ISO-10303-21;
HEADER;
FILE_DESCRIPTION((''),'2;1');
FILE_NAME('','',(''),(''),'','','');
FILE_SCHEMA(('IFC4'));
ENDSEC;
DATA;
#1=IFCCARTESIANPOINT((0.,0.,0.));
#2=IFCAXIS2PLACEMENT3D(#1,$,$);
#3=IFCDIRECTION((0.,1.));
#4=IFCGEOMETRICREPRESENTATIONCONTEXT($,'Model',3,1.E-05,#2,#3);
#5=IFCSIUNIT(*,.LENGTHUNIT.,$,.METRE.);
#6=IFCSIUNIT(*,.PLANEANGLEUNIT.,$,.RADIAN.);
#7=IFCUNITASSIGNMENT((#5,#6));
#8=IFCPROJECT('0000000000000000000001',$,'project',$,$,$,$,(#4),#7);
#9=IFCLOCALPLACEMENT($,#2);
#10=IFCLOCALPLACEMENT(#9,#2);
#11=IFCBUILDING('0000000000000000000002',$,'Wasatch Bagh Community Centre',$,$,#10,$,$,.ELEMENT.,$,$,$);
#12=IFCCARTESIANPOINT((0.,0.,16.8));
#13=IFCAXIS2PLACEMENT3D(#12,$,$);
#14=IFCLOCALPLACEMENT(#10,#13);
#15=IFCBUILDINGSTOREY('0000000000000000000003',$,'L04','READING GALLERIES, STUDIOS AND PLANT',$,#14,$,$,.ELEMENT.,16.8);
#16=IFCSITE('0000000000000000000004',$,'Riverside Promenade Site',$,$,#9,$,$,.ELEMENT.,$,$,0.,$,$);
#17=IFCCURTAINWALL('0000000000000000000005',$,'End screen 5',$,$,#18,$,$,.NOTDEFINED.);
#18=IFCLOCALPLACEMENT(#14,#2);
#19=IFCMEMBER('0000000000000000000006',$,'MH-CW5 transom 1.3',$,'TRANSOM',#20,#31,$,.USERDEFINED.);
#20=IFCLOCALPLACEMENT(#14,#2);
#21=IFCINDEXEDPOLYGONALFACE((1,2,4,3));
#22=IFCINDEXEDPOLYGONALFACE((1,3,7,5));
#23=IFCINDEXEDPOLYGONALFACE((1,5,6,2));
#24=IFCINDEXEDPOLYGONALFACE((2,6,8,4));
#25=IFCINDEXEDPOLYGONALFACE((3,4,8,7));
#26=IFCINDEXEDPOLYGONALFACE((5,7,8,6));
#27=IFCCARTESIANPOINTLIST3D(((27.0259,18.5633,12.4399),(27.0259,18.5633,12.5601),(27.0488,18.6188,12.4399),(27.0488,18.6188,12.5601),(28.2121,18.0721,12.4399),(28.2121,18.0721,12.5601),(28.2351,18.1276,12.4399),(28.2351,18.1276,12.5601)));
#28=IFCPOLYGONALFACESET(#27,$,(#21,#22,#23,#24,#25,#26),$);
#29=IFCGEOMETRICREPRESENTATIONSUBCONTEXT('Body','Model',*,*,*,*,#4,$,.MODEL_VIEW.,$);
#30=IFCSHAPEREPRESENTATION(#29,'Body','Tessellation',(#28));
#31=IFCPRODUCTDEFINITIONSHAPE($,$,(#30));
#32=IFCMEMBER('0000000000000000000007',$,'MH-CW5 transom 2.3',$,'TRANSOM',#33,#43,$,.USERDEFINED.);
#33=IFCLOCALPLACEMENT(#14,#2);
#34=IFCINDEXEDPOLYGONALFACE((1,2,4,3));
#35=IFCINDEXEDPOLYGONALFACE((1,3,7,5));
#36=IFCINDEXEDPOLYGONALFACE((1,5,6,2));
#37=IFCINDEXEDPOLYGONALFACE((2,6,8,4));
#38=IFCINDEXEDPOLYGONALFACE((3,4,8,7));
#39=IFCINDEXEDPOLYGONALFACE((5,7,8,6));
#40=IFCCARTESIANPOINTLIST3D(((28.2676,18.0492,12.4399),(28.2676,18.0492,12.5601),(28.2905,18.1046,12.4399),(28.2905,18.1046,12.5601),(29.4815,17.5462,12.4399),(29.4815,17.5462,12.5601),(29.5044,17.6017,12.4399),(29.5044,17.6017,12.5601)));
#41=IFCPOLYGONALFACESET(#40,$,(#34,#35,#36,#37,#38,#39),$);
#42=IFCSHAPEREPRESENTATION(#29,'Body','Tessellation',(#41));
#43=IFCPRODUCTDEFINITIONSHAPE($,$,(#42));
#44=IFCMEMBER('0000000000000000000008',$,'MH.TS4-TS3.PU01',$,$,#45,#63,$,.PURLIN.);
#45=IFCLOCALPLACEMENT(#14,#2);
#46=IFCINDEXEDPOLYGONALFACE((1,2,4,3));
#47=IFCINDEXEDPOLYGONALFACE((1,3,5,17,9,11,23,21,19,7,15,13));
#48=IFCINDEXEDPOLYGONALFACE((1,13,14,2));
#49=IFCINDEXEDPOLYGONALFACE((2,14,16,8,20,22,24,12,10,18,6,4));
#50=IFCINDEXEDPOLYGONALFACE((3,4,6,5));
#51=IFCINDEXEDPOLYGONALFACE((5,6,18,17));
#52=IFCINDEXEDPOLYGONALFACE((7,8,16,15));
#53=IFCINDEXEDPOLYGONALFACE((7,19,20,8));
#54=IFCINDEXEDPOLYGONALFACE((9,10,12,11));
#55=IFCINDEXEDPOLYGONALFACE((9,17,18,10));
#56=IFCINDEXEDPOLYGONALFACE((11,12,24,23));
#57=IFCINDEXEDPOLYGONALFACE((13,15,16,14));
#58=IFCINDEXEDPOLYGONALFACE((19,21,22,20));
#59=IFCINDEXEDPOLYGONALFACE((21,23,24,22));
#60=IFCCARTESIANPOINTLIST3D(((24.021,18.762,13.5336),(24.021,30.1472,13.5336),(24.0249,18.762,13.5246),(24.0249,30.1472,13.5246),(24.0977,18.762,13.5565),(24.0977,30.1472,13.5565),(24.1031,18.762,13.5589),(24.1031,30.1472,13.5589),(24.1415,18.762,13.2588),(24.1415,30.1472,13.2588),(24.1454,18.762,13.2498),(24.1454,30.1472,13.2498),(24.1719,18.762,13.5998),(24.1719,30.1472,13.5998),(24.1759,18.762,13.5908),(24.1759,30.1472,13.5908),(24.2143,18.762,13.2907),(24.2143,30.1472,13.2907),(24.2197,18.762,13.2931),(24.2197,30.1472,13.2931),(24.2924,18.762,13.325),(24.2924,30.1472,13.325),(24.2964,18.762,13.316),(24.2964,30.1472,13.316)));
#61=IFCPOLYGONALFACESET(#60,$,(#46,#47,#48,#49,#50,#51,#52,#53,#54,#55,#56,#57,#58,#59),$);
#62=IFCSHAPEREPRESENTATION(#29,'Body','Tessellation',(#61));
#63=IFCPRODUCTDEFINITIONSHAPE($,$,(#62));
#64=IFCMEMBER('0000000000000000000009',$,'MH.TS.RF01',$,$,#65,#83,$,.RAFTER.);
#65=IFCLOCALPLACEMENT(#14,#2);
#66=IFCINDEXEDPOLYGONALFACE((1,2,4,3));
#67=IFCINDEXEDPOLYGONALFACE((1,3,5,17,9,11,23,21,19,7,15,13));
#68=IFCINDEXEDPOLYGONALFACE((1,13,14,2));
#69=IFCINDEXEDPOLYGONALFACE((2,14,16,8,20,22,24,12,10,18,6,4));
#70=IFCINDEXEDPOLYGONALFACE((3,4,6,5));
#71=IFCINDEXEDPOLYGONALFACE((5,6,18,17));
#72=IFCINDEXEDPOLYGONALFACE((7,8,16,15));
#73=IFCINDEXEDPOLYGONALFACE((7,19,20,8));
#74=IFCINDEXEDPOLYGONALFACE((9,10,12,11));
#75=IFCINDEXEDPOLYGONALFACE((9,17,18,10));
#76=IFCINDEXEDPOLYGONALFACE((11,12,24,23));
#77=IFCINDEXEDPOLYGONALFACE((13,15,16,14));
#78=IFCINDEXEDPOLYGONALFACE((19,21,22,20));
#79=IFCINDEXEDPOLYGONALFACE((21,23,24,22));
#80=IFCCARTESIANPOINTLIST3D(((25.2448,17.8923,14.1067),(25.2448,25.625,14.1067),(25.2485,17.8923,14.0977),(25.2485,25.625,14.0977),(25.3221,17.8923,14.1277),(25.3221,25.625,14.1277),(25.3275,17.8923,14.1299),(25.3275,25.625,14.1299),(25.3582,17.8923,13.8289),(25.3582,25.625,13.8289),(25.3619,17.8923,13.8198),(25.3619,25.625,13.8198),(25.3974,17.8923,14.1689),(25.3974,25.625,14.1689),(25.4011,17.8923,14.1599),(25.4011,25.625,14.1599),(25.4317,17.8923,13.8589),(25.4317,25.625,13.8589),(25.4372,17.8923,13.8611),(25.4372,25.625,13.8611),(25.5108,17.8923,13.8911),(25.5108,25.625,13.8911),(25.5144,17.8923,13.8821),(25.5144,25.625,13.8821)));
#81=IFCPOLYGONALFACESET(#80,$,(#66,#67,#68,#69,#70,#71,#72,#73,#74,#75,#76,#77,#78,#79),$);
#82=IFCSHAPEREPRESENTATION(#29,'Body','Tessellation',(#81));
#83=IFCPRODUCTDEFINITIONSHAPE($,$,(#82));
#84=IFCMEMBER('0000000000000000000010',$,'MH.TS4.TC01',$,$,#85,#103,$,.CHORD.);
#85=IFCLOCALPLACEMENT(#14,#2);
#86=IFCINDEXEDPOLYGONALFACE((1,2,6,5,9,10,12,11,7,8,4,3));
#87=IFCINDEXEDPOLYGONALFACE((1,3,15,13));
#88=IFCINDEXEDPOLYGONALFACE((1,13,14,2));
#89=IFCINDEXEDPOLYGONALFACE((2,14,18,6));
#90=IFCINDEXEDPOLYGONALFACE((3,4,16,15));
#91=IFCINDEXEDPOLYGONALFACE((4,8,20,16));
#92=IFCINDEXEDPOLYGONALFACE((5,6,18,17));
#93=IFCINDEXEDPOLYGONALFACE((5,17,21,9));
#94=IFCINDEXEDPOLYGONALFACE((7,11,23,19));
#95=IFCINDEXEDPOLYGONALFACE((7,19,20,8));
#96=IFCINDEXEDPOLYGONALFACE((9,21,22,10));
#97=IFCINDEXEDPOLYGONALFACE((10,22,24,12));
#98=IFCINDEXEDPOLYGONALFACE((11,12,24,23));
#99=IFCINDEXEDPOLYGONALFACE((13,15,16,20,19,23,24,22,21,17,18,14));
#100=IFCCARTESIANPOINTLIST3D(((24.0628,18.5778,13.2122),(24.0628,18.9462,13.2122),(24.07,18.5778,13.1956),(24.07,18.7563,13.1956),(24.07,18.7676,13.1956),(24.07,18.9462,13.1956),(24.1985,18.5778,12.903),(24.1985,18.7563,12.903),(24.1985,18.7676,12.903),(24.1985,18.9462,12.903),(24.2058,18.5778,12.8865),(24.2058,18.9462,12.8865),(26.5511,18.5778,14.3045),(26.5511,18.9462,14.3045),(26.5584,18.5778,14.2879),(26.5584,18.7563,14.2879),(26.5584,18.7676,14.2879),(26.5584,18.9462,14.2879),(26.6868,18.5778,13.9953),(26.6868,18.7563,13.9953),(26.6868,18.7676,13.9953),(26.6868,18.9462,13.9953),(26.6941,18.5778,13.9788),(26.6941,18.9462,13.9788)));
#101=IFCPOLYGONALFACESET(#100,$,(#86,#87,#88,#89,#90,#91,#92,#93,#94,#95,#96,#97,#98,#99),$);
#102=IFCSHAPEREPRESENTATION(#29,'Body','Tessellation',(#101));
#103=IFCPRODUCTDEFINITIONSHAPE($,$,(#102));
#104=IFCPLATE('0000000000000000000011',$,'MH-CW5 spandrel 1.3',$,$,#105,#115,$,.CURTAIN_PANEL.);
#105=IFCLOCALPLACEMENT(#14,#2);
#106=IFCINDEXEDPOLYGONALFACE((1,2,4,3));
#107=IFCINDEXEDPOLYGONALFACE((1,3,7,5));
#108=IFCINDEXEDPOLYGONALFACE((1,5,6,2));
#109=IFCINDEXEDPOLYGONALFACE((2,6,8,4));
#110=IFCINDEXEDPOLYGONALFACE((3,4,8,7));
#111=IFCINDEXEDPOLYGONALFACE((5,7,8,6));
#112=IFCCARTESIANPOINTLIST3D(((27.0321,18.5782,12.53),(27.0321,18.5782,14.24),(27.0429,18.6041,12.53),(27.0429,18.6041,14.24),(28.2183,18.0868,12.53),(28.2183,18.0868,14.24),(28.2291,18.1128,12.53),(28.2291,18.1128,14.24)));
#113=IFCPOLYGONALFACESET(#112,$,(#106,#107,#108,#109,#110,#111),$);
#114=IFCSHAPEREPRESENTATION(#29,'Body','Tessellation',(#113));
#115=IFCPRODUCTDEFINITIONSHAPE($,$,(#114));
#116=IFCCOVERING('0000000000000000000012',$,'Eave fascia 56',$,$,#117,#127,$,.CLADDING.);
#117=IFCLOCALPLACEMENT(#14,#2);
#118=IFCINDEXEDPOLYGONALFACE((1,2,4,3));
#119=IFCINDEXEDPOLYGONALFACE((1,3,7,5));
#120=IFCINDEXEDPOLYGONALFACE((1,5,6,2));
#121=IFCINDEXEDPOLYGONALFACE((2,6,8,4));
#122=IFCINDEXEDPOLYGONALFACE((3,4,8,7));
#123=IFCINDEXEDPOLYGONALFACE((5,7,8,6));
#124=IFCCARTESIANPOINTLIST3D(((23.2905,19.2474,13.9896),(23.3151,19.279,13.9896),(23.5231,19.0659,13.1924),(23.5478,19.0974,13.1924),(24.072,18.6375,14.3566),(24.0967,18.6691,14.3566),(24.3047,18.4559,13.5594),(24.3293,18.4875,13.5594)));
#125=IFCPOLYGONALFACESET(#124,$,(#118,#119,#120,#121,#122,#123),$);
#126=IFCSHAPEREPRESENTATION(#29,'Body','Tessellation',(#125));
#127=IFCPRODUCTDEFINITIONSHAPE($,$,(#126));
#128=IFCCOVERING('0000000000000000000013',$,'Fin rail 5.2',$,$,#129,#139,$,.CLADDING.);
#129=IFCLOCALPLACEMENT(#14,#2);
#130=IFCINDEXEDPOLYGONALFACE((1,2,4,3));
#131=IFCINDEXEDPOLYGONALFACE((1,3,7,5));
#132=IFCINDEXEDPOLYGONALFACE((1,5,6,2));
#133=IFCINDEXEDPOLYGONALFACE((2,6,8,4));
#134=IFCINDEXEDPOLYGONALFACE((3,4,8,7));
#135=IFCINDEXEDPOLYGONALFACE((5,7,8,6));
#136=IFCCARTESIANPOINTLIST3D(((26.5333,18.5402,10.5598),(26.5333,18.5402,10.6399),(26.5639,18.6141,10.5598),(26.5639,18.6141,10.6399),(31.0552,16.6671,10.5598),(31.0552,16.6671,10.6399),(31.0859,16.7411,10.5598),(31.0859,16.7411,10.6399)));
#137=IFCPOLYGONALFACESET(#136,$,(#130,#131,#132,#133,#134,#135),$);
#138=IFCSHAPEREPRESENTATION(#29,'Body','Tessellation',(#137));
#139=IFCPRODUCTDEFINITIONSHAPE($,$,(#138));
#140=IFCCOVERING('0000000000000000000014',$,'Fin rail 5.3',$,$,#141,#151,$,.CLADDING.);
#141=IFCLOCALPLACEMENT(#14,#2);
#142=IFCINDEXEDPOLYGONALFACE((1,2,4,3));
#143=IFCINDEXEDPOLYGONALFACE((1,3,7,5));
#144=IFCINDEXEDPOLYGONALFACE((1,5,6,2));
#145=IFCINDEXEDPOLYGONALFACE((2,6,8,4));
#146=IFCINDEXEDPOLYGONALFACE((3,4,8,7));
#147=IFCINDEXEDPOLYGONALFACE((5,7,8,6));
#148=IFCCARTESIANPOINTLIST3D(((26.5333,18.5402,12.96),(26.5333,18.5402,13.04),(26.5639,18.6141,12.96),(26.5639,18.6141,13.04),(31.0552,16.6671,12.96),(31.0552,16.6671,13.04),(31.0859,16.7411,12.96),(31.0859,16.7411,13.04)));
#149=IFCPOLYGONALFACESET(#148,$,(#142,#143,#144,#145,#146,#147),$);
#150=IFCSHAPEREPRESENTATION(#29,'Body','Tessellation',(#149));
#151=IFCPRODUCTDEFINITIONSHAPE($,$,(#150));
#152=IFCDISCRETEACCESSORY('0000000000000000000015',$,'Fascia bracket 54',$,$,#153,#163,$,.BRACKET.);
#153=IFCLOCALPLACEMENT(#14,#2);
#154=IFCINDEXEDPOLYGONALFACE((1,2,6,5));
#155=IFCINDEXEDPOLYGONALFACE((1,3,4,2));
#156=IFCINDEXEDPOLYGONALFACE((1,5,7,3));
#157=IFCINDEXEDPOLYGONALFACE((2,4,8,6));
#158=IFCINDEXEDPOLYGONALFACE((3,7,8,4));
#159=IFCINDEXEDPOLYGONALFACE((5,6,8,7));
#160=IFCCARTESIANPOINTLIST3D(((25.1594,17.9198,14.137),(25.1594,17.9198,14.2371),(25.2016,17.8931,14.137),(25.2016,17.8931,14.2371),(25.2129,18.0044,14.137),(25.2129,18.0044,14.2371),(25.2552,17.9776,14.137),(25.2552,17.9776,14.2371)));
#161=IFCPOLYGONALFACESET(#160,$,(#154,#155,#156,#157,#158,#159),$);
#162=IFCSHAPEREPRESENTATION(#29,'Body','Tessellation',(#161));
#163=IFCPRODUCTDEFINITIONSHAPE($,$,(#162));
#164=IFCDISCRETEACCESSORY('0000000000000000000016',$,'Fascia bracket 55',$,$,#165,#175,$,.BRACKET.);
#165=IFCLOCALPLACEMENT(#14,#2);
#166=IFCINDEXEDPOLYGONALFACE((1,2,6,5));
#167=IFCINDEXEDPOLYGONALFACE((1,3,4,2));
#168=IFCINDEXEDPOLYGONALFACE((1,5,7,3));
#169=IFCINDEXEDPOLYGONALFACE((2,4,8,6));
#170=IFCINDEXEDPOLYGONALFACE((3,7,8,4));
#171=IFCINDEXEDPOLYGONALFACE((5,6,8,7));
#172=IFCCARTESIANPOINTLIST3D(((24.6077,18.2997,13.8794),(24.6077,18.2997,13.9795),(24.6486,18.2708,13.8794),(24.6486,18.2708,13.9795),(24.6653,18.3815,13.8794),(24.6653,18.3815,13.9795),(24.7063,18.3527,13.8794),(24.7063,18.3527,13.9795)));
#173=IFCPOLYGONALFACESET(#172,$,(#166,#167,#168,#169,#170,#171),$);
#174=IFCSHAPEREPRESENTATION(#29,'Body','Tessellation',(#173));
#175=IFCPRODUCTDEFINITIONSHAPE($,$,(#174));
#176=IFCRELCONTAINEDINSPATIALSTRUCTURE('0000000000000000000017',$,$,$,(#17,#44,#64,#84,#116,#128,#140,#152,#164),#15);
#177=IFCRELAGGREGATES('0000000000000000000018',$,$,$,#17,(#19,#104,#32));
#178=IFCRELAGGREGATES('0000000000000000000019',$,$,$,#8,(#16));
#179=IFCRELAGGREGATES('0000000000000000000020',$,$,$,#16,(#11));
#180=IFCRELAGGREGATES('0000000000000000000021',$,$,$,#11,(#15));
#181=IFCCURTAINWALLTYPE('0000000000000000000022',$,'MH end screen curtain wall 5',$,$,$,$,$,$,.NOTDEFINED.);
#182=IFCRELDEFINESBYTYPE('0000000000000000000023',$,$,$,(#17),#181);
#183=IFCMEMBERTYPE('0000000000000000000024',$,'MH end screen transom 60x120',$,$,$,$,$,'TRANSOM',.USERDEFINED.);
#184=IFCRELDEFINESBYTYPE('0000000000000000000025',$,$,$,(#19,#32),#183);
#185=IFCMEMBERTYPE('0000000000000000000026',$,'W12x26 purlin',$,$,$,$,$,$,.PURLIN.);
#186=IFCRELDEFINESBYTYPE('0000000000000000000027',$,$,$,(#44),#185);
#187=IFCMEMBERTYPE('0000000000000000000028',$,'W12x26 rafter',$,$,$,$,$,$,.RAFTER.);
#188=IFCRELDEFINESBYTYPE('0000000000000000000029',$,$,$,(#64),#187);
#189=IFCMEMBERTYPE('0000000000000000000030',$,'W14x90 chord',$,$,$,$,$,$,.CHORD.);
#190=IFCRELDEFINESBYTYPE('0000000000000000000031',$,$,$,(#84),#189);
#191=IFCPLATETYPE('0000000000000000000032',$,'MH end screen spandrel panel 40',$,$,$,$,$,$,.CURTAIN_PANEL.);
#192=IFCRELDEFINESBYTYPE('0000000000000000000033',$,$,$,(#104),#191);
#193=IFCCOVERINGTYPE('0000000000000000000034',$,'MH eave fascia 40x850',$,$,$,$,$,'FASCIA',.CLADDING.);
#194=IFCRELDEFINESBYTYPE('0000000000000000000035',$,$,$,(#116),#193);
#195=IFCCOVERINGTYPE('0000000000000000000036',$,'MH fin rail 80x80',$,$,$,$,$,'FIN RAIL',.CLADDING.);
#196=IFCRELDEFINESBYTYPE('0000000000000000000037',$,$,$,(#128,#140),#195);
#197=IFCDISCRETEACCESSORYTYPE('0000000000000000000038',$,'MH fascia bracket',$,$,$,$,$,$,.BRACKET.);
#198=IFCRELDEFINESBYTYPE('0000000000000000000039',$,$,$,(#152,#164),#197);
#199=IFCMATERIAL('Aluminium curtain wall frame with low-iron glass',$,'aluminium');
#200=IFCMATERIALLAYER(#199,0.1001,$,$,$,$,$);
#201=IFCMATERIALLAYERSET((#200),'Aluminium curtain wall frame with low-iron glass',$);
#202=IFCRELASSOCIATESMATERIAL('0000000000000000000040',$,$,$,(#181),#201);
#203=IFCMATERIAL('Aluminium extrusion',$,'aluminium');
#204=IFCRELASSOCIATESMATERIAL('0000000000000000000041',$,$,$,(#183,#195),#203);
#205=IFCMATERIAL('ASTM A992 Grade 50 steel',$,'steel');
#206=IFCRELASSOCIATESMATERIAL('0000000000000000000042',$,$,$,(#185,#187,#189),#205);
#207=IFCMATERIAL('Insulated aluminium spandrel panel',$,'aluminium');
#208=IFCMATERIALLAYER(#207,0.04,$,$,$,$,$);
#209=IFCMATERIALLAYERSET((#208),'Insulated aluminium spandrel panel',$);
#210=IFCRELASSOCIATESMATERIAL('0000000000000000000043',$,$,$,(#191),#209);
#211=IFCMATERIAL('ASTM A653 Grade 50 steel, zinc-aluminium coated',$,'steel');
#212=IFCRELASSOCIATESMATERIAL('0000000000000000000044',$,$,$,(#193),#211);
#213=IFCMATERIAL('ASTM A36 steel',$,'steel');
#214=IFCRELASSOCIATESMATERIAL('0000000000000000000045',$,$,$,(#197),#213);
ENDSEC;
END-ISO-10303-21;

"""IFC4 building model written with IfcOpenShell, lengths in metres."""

from ifc_helpers import new_model, si_unit, direction, frame, origin, origin_2d, place, context, subcontext, project, spatial, rectangle, i_section, extrude, material, layer, layer_set, material_profile, profile_set, type_object, element, aggregate, save


model = new_model("IFC4")

# Units and contexts
model_context = context("Model", 3, precision=1e-05, world=origin(), true_north=direction((0.0, 1.0)))
body_context = subcontext(model_context, "Body", "Model", "MODEL_VIEW")
ifc_project = project(units=[si_unit("LENGTHUNIT", "METRE"), si_unit("PLANEANGLEUNIT", "RADIAN")], contexts=[model_context])

# Site, building, storey
site_placement = place(None, origin())
site = spatial("IfcSite", under=ifc_project, at=site_placement, Name="Riverside Promenade Site", CompositionType="ELEMENT", RefElevation=0.0)
building_placement = place(site_placement, origin())
building = spatial("IfcBuilding", under=site, at=building_placement, Name="Wasatch Bagh Community Centre", CompositionType="ELEMENT")
storey_placement = place(building_placement, frame((0.0, 0.0, 16.8)))
storey = spatial("IfcBuildingStorey", under=building, at=storey_placement, Name="L04", Description="READING GALLERIES, STUDIOS AND PLANT", CompositionType="ELEMENT", Elevation=16.8)

# Curtain wall, members
ifc_material_1 = material(Name="Aluminium curtain wall frame with low-iron glass", Category="aluminium")
ifc_layer_1 = layer(ifc_material_1, 0.1001)
ifc_layer_set_1 = layer_set([ifc_layer_1], Name="Aluminium curtain wall frame with low-iron glass")
curtain_wall_type = type_object("IfcCurtainWallType", Name="MH end screen curtain wall 5", PredefinedType="NOTDEFINED", material=ifc_layer_set_1)
curtain_wall_placement = place(storey_placement, origin())
curtain_wall = element("IfcCurtainWall", 1, at=curtain_wall_placement, inside=storey, type_object=curtain_wall_type, Name="End screen 5", PredefinedType="NOTDEFINED")
ifc_material_2 = material(Name="Aluminium extrusion", Category="aluminium")
ifc_material_profile_1 = material_profile(ifc_material_2, rectangle(XDim=0.0601, YDim=0.1201, at=origin_2d()), Name="AL 60x120")
ifc_profile_set_1 = profile_set([ifc_material_profile_1], Name="Aluminium extrusion")
member_type_1 = type_object("IfcMemberType", Name="MH end screen transom 60x120", ElementType="TRANSOM", PredefinedType="USERDEFINED", material=ifc_profile_set_1)
member_1_placement = place(storey_placement, frame((27.0374, 18.5911, 12.5), z_axis=(0.923924, -0.382576, 0.0), x_axis=(0.382576, 0.923924, 0.0)))
member_1 = element("IfcMember", 2, at=member_1_placement, type_object=member_type_1, Name="MH-CW5 transom 1.3", ObjectType="TRANSOM", PredefinedType="USERDEFINED", context=body_context, shape_type="SweptSolid", body=[
    extrude(rectangle(XDim=0.0601, YDim=0.1201, at=origin_2d()), origin(), (0.0, 0.0, 1.0), 1.2839),
])
member_2_placement = place(storey_placement, frame((28.2791, 18.0769, 12.5), z_axis=(0.923845, -0.382768, 0.0), x_axis=(0.382768, 0.923845, 0.0)))
member_2 = element("IfcMember", 3, at=member_2_placement, type_object=member_type_1, Name="MH-CW5 transom 2.3", ObjectType="TRANSOM", PredefinedType="USERDEFINED", context=body_context, shape_type="SweptSolid", body=[
    extrude(rectangle(XDim=0.0601, YDim=0.1201, at=origin_2d()), origin(), (0.0, 0.0, 1.0), 1.314),
])

# Members
ifc_material_3 = material(Name="ASTM A992 Grade 50 steel", Category="steel")
ifc_material_profile_2 = material_profile(ifc_material_3, i_section(OverallWidth=0.1648, OverallDepth=0.3098, WebThickness=0.0059, FlangeThickness=0.0098, at=origin_2d()), Name="W12x26")
ifc_profile_set_2 = profile_set([ifc_material_profile_2], Name="ASTM A992 Grade 50 steel")
member_type_2 = type_object("IfcMemberType", Name="W12x26 purlin", PredefinedType="PURLIN", material=ifc_profile_set_2)
member_3_placement = place(storey_placement, frame((24.1587, 18.762, 13.4248), z_axis=(0.0, 1.0, 0.0), x_axis=(-0.915805, 0.0, -0.401623)))
element("IfcMember", 4, at=member_3_placement, inside=storey, type_object=member_type_2, Name="MH.TS4-TS3.PU01", PredefinedType="PURLIN", context=body_context, shape_type="SweptSolid", body=[
    extrude(i_section(OverallWidth=0.1648, OverallDepth=0.3098, WebThickness=0.0059, FlangeThickness=0.0098, at=origin_2d()), origin(), (0.0, 0.0, 1.0), 11.3853),
])
ifc_material_profile_3 = material_profile(ifc_material_3, i_section(OverallWidth=0.1648, OverallDepth=0.3098, WebThickness=0.0059, FlangeThickness=0.0098, at=origin_2d()), Name="W12x26")
ifc_profile_set_3 = profile_set([ifc_material_profile_3], Name="ASTM A992 Grade 50 steel")
member_type_3 = type_object("IfcMemberType", Name="W12x26 rafter", PredefinedType="RAFTER", material=ifc_profile_set_3)
member_4_placement = place(storey_placement, frame((25.3796, 17.8923, 13.9944), z_axis=(0.0, 1.0, 0.0), x_axis=(-0.925934, 0.0, -0.377686)))
element("IfcMember", 5, at=member_4_placement, inside=storey, type_object=member_type_3, Name="MH.TS.RF01", PredefinedType="RAFTER", context=body_context, shape_type="SweptSolid", body=[
    extrude(i_section(OverallWidth=0.1648, OverallDepth=0.3098, WebThickness=0.0059, FlangeThickness=0.0098, at=origin_2d()), origin(), (0.0, 0.0, 1.0), 7.7327),
])
ifc_material_profile_4 = material_profile(ifc_material_3, i_section(OverallWidth=0.3684, OverallDepth=0.3557, WebThickness=0.0112, FlangeThickness=0.0181, at=origin_2d()), Name="W14x90")
ifc_profile_set_4 = profile_set([ifc_material_profile_4], Name="ASTM A992 Grade 50 steel")
member_type_4 = type_object("IfcMemberType", Name="W14x90 chord", PredefinedType="CHORD", material=ifc_profile_set_4)
member_5_placement = place(storey_placement, frame((24.1343, 18.762, 13.0493), z_axis=(0.915662, 0.0, 0.40195), x_axis=(0.0, 1.0, 0.0)))
element("IfcMember", 6, at=member_5_placement, inside=storey, type_object=member_type_4, Name="MH.TS4.TC01", PredefinedType="CHORD", context=body_context, shape_type="SweptSolid", body=[
    extrude(i_section(OverallWidth=0.3684, OverallDepth=0.3557, WebThickness=0.0112, FlangeThickness=0.0181, at=origin_2d()), origin(), (0.0, 0.0, 1.0), 2.7175),
])

# Plate
ifc_material_4 = material(Name="Insulated aluminium spandrel panel", Category="aluminium")
ifc_layer_2 = layer(ifc_material_4, 0.04)
ifc_layer_set_2 = layer_set([ifc_layer_2], Name="Insulated aluminium spandrel panel")
plate_type = type_object("IfcPlateType", Name="MH end screen spandrel panel 40", PredefinedType="CURTAIN_PANEL", material=ifc_layer_set_2)
plate_placement = place(storey_placement, frame((27.6306, 18.3455, 12.53), z_axis=(0.0, 0.0, 1.0), x_axis=(0.92388, -0.382683, 0.0)))
plate = element("IfcPlate", 7, at=plate_placement, type_object=plate_type, Name="MH-CW5 spandrel 1.3", PredefinedType="CURTAIN_PANEL", context=body_context, shape_type="SweptSolid", body=[
    extrude(rectangle(XDim=1.2839, YDim=0.0281, at=origin_2d()), origin(), (0.0, 0.0, 1.0), 1.71),
])
aggregate(curtain_wall, [member_1, plate, member_2])

# Coverings
ifc_material_5 = material(Name="ASTM A653 Grade 50 steel, zinc-aluminium coated", Category="steel")
ifc_material_profile_5 = material_profile(ifc_material_5, rectangle(XDim=0.04, YDim=0.8501, at=origin_2d()), Name="FASCIA 40x850")
ifc_profile_set_5 = profile_set([ifc_material_profile_5], Name="ASTM A653 Grade 50 steel, zinc-aluminium coated")
covering_type_1 = type_object("IfcCoveringType", Name="MH eave fascia 40x850", ElementType="FASCIA", PredefinedType="CLADDING", material=ifc_profile_set_5)
covering_1_placement = place(storey_placement, frame((24.2007, 18.5625, 13.958), z_axis=(-0.73933, 0.576959, -0.347145), x_axis=(-0.615219, -0.788357, 0.0)))
element("IfcCovering", 8, at=covering_1_placement, inside=storey, type_object=covering_type_1, Name="Eave fascia 56", PredefinedType="CLADDING", context=body_context, shape_type="SweptSolid", body=[
    extrude(rectangle(XDim=0.04, YDim=0.8501, at=origin_2d()), origin(), (0.0, 0.0, 1.0), 1.0571),
])
ifc_material_profile_6 = material_profile(ifc_material_2, rectangle(XDim=0.0801, YDim=0.0801, at=origin_2d()), Name="AL 80x80")
ifc_profile_set_6 = profile_set([ifc_material_profile_6], Name="Aluminium extrusion")
covering_type_2 = type_object("IfcCoveringType", Name="MH fin rail 80x80", ElementType="FIN RAIL", PredefinedType="CLADDING", material=ifc_profile_set_6)
for number, where, z_axis, x_axis, name in (
    (9, (26.5486, 18.5771, 10.5999), (0.923881, -0.382681, 0.0), (0.382681, 0.923881, 0.0), "Fin rail 5.2"),
    (10, (26.5486, 18.5771, 13.0), (0.923881, -0.382681, 0.0), (0.382681, 0.923881, 0.0), "Fin rail 5.3"),
):
    element("IfcCovering", number, at=place(storey_placement, frame(where, z_axis=z_axis, x_axis=x_axis)), inside=storey, type_object=covering_type_2, Name=name, PredefinedType="CLADDING", context=body_context, shape_type="SweptSolid", body=[
        extrude(rectangle(XDim=0.0801, YDim=0.0801, at=origin_2d()), origin(), (0.0, 0.0, 1.0), 4.8945),
    ])

# Discrete accessories
ifc_material_6 = material(Name="ASTM A36 steel", Category="steel")
discrete_accessory_type_1 = type_object("IfcDiscreteAccessoryType", Name="MH fascia bracket", PredefinedType="BRACKET", material=ifc_material_6)
for number, where, z_axis, x_axis, name in (
    (11, (25.2073, 17.9487, 14.137), (0.0, 0.0, 1.0), (-0.534998, -0.844854, 0.0), "Fascia bracket 54"),
    (12, (24.657, 18.3262, 13.8794), (0.0, 0.0, 1.0), (-0.575808, -0.817585, 0.0), "Fascia bracket 55"),
):
    element("IfcDiscreteAccessory", number, at=place(storey_placement, frame(where, z_axis=z_axis, x_axis=x_axis)), inside=storey, type_object=discrete_accessory_type_1, Name=name, PredefinedType="BRACKET", context=body_context, shape_type="SweptSolid", body=[
        extrude(rectangle(XDim=0.1001, YDim=0.05, at=origin_2d()), origin(), (0.0, 0.0, 1.0), 0.1001),
    ])

save(model, "model.ifc")
